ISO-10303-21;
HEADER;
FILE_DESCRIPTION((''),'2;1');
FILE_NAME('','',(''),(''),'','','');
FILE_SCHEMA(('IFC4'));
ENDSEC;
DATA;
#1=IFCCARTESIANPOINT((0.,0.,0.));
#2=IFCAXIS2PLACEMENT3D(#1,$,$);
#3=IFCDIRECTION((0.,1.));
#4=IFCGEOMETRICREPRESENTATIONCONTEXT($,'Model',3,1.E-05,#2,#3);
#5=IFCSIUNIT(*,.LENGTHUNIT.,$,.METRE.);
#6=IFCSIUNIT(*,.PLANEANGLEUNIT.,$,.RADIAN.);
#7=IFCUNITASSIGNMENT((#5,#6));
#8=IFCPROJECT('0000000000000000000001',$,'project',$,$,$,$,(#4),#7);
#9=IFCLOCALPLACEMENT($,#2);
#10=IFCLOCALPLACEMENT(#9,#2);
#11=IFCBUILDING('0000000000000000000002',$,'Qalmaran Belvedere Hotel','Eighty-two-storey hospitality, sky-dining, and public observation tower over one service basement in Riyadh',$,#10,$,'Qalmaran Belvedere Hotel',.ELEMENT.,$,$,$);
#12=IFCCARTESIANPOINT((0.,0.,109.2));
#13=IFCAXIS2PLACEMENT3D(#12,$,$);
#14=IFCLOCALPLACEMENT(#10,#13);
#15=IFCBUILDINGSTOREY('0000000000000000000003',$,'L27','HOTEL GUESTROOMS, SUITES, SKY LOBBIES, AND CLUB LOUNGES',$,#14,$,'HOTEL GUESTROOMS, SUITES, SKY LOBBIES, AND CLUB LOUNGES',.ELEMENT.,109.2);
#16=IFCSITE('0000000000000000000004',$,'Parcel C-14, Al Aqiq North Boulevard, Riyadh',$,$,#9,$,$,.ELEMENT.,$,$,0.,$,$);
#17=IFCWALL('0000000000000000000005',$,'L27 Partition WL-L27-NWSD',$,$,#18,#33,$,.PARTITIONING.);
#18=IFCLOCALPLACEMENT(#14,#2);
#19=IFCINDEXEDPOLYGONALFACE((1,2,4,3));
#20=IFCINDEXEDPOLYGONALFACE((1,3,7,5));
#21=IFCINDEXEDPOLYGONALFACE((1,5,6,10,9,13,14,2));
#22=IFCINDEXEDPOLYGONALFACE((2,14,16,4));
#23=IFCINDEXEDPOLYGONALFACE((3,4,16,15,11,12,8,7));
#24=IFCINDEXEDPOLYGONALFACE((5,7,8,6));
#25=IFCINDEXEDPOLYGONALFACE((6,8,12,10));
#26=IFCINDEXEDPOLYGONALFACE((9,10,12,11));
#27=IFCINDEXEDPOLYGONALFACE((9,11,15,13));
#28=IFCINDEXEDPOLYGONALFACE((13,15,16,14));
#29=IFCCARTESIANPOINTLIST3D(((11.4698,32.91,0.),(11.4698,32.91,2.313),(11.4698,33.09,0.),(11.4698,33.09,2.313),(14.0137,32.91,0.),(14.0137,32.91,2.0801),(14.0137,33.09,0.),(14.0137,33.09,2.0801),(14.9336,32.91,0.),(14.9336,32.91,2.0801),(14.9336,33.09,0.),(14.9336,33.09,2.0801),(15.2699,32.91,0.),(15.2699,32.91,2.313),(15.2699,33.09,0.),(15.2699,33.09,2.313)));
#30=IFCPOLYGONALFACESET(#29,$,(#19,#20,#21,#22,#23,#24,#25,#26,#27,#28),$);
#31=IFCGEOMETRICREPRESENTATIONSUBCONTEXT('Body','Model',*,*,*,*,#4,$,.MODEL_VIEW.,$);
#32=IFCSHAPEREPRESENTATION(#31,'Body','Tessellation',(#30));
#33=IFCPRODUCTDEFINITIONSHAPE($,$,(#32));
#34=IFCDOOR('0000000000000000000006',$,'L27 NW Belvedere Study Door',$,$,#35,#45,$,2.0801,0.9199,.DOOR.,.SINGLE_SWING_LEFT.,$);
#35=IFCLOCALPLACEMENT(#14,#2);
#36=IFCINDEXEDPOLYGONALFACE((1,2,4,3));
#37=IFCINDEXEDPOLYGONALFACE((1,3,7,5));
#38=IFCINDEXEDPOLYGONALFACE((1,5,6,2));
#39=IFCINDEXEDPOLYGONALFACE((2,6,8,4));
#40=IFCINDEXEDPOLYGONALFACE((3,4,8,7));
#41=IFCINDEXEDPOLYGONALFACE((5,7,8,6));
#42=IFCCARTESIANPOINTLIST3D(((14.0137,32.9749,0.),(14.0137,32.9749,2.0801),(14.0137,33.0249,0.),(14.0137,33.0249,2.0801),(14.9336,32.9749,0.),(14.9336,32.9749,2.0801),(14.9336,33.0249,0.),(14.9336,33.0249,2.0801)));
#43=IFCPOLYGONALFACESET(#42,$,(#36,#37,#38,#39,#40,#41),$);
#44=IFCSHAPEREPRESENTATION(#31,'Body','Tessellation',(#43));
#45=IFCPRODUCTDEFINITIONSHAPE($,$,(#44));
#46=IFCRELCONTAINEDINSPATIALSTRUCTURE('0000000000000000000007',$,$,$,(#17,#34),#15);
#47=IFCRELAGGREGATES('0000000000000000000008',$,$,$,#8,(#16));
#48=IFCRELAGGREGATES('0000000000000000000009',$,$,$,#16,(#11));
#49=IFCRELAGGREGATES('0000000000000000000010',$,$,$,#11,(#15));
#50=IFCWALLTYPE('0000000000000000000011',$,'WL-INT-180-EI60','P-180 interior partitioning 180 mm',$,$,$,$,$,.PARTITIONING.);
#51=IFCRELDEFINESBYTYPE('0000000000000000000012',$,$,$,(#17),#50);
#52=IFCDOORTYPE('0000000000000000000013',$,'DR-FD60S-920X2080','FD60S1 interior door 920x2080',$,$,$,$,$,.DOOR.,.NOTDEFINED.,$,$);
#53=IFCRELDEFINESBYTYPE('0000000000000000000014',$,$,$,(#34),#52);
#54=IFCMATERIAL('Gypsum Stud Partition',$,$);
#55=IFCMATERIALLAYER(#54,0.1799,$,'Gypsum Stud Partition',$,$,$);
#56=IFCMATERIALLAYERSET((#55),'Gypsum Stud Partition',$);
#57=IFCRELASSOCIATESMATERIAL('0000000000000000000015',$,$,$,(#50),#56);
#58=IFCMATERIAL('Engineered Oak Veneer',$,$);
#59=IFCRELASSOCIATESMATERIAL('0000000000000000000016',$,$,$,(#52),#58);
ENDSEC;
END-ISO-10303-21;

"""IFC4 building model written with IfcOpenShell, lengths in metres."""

from ifc_helpers import new_model, si_unit, direction, frame, frame_2d, origin, place, context, subcontext, project, spatial, rectangle, extrude, material, layer, layer_set, type_object, element, fill, save


model = new_model("IFC4")

# Units and contexts
model_context = context("Model", 3, precision=1e-05, world=origin(), true_north=direction((0.0, 1.0)))
body_context = subcontext(model_context, "Body", "Model", "MODEL_VIEW")
ifc_project = project(units=[si_unit("LENGTHUNIT", "METRE"), si_unit("PLANEANGLEUNIT", "RADIAN")], contexts=[model_context])

# Site, building, storey
site_placement = place(None, origin())
site = spatial("IfcSite", under=ifc_project, at=site_placement, Name="Parcel C-14, Al Aqiq North Boulevard, Riyadh", CompositionType="ELEMENT", RefElevation=0.0)
building_placement = place(site_placement, origin())
building = spatial("IfcBuilding", under=site, at=building_placement, Name="Qalmaran Belvedere Hotel", Description="Eighty-two-storey hospitality, sky-dining, and public observation tower over one service basement in Riyadh", LongName="Qalmaran Belvedere Hotel", CompositionType="ELEMENT")
storey_placement = place(building_placement, frame((0.0, 0.0, 109.2)))
storey = spatial("IfcBuildingStorey", under=building, at=storey_placement, Name="L27", Description="HOTEL GUESTROOMS, SUITES, SKY LOBBIES, AND CLUB LOUNGES", LongName="HOTEL GUESTROOMS, SUITES, SKY LOBBIES, AND CLUB LOUNGES", CompositionType="ELEMENT", Elevation=109.2)

# Shared definitions
ifc_material_1 = material(Name="Engineered Oak Veneer")

# Shared definitions
ifc_material_2 = material(Name="Gypsum Stud Partition")

# Shared definitions
ifc_layer_1 = layer(ifc_material_2, 0.1799, Name="Gypsum Stud Partition")
ifc_layer_set_1 = layer_set([ifc_layer_1], Name="Gypsum Stud Partition")
wall_type_1 = type_object("IfcWallType", Name="WL-INT-180-EI60", Description="P-180 interior partitioning 180 mm", PredefinedType="PARTITIONING", material=ifc_layer_set_1)

# Wall, opening, door
wall_1_placement = place(storey_placement, frame((11.47, 33.0, 0.0), z_axis=(0.0, 0.0, 1.0), x_axis=(1.0, 0.0, 0.0)))
wall_1 = element("IfcWall", 1, at=wall_1_placement, inside=storey, type_object=wall_type_1, Name="L27 Partition WL-L27-NWSD", PredefinedType="PARTITIONING", context=body_context, shape_type="SweptSolid", body=[
    extrude(rectangle(XDim=3.8, YDim=0.1799, at=frame_2d((1.8999, 0.0))), origin(), (0.0, 0.0, 1.0), 2.313),
])
opening_1_placement = place(wall_1_placement, frame((2.5437, 0.0, 0.0)))
opening_1 = element("IfcOpeningElement", 2, at=opening_1_placement, cuts=wall_1, PredefinedType="OPENING", context=body_context, shape_type="SweptSolid", body=[
    extrude(rectangle(XDim=0.9199, YDim=2.0801, at=frame_2d((0.46, 1.04))), frame((0.0, 0.1001, 0.0), z_axis=(0.0, -1.0, 0.0), x_axis=(1.0, 0.0, 0.0)), (0.0, 0.0, 1.0), 0.2),
])
door_type_1 = type_object("IfcDoorType", Name="DR-FD60S-920X2080", Description="FD60S1 interior door 920x2080", OperationType="NOTDEFINED", PredefinedType="DOOR", material=ifc_material_1)
door_1_placement = place(opening_1_placement, origin())
door_1 = element("IfcDoor", 3, at=door_1_placement, inside=storey, type_object=door_type_1, Name="L27 NW Belvedere Study Door", OperationType="SINGLE_SWING_LEFT", OverallHeight=2.0801, OverallWidth=0.9199, PredefinedType="DOOR", context=body_context, shape_type="SweptSolid", body=[
    extrude(rectangle(XDim=0.9199, YDim=2.0801, at=frame_2d((0.46, 1.04))), frame((0.0, 0.0249, 0.0), z_axis=(0.0, -1.0, 0.0), x_axis=(1.0, 0.0, 0.0)), (0.0, 0.0, 1.0), 0.05),
])
fill(opening_1, door_1)

save(model, "model.ifc")
